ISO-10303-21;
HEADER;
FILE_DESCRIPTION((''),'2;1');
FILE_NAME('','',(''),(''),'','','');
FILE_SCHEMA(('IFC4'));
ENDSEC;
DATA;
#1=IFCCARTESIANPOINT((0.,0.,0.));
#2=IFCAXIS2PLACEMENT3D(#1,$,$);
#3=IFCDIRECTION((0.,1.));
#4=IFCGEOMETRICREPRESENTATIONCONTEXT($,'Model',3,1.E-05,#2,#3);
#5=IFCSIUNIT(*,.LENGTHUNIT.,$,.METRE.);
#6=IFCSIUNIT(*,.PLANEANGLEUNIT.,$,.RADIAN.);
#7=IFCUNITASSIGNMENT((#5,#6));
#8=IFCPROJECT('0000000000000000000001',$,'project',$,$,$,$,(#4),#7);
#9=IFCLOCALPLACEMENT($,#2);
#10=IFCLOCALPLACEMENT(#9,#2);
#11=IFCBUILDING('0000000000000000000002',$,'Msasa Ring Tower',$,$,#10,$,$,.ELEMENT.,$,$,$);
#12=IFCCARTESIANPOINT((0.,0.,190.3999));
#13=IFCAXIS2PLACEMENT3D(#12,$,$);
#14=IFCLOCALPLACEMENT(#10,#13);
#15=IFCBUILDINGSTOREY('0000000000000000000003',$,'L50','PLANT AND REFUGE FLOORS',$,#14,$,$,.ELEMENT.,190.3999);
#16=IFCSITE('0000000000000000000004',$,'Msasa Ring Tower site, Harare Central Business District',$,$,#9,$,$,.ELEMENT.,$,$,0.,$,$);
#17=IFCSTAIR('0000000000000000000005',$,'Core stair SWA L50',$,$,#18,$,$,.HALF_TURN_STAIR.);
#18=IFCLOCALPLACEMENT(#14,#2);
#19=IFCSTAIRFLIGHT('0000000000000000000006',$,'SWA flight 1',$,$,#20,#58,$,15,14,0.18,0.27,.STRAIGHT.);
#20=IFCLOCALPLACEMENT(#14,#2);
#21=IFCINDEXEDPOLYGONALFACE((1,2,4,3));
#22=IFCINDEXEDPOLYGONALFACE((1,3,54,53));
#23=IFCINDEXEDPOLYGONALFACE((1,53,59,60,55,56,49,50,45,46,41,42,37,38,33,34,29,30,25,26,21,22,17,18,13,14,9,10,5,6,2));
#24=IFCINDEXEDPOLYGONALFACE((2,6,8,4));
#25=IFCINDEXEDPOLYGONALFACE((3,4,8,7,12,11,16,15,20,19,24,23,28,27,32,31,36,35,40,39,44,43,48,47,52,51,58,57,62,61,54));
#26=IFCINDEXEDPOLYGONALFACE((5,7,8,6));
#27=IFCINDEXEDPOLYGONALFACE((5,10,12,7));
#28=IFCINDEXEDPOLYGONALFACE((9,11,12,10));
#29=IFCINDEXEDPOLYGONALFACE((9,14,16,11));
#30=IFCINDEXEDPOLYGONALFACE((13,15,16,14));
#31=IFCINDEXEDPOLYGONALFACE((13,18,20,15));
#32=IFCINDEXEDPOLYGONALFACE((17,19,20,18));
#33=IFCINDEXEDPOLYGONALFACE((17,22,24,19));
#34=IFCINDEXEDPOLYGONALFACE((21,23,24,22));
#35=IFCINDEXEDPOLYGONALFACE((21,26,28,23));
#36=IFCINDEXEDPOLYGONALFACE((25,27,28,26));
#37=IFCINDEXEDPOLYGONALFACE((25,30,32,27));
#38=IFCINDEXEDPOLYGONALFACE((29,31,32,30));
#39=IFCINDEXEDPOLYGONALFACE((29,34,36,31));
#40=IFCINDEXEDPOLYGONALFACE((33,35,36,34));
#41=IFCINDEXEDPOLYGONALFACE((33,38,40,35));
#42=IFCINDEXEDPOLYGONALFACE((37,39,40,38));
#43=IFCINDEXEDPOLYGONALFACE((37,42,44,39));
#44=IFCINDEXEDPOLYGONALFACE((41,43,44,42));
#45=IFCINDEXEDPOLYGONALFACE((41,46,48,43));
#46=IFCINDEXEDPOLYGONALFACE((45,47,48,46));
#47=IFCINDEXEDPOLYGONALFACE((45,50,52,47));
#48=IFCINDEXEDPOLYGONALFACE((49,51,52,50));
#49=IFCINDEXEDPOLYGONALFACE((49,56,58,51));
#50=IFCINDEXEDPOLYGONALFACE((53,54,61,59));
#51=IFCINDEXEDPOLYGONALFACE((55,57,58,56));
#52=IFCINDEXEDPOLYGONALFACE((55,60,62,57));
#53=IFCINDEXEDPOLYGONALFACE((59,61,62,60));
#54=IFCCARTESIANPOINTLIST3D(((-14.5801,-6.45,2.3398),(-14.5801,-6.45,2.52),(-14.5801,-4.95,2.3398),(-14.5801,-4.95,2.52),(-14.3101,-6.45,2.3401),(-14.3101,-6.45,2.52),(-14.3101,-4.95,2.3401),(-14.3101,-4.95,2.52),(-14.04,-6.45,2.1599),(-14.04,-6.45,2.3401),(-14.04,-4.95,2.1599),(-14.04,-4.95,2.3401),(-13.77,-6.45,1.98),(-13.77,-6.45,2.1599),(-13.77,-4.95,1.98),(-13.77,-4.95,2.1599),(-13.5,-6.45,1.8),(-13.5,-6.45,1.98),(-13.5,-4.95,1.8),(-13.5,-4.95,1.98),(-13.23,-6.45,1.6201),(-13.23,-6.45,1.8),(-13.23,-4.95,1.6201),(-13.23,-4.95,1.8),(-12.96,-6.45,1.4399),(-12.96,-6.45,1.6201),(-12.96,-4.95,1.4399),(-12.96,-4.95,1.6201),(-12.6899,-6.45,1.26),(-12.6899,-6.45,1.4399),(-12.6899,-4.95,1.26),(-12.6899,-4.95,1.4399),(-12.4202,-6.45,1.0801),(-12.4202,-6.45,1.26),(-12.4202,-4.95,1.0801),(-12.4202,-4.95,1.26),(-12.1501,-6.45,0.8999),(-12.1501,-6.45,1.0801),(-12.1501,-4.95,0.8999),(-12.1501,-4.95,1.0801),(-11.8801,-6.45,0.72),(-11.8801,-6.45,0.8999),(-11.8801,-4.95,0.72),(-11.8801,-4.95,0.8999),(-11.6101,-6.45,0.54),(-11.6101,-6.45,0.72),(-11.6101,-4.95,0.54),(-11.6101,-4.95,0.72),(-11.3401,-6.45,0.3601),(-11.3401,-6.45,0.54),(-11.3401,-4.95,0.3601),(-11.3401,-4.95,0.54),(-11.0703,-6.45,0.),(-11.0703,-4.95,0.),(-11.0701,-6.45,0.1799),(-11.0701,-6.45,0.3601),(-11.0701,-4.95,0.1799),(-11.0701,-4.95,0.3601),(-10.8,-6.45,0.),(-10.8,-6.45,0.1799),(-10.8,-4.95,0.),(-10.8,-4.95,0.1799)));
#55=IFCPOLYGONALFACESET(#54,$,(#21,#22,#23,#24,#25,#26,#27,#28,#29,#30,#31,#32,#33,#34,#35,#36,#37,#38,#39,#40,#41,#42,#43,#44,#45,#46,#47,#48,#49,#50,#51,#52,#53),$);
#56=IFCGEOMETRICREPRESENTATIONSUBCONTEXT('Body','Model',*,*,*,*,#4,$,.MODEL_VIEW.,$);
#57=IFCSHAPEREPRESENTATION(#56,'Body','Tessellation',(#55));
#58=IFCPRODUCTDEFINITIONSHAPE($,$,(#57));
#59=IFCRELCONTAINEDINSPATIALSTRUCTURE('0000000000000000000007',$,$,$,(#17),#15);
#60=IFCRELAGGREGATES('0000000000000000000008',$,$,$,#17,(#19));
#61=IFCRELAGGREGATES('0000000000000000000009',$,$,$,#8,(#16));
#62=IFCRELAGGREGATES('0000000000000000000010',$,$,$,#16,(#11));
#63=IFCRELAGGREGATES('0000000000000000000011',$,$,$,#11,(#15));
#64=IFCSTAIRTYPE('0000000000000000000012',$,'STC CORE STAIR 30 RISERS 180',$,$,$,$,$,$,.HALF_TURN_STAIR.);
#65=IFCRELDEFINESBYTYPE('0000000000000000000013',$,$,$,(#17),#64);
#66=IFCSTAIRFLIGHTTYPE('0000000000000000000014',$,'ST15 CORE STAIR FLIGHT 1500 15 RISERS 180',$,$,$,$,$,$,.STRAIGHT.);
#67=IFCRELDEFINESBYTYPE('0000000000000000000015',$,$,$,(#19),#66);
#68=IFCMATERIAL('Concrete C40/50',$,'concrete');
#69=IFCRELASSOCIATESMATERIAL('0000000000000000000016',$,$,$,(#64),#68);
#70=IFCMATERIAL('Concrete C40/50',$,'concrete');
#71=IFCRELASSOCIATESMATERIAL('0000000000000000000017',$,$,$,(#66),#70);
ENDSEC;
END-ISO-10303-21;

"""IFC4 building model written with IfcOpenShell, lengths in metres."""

from ifc_helpers import new_model, si_unit, direction, frame, origin, place, context, subcontext, project, spatial, polyline, outline, extrude, material, type_object, element, aggregate, save


model = new_model("IFC4")

# Units and contexts
model_context = context("Model", 3, precision=1e-05, world=origin(), true_north=direction((0.0, 1.0)))
body_context = subcontext(model_context, "Body", "Model", "MODEL_VIEW")
ifc_project = project(units=[si_unit("LENGTHUNIT", "METRE"), si_unit("PLANEANGLEUNIT", "RADIAN")], contexts=[model_context])

# Site, building, storey
site_placement = place(None, origin())
site = spatial("IfcSite", under=ifc_project, at=site_placement, Name="Msasa Ring Tower site, Harare Central Business District", CompositionType="ELEMENT", RefElevation=0.0)
building_placement = place(site_placement, origin())
building = spatial("IfcBuilding", under=site, at=building_placement, Name="Msasa Ring Tower", CompositionType="ELEMENT")
storey_placement = place(building_placement, frame((0.0, 0.0, 190.3999)))
storey = spatial("IfcBuildingStorey", under=building, at=storey_placement, Name="L50", Description="PLANT AND REFUGE FLOORS", CompositionType="ELEMENT", Elevation=190.3999)

# Stair, stair flight
ifc_material_1 = material(Name="Concrete C40/50", Category="concrete")
stair_type = type_object("IfcStairType", Name="STC CORE STAIR 30 RISERS 180", PredefinedType="HALF_TURN_STAIR", material=ifc_material_1)
stair_placement = place(storey_placement, origin())
stair = element("IfcStair", 1, at=stair_placement, inside=storey, type_object=stair_type, Name="Core stair SWA L50", PredefinedType="HALF_TURN_STAIR")
ifc_material_2 = material(Name="Concrete C40/50", Category="concrete")
stair_flight_type = type_object("IfcStairFlightType", Name="ST15 CORE STAIR FLIGHT 1500 15 RISERS 180", PredefinedType="STRAIGHT", material=ifc_material_2)
stair_flight_placement = place(storey_placement, frame((-10.8, -5.7, 0.0), z_axis=(0.0, 0.0, 1.0), x_axis=(-1.0, 0.0, 0.0)))
stair_flight = element("IfcStairFlight", 2, at=stair_flight_placement, type_object=stair_flight_type, Name="SWA flight 1", NumberOfRisers=15, NumberOfTreads=14, PredefinedType="STRAIGHT", RiserHeight=0.18, TreadLength=0.27, context=body_context, shape_type="SweptSolid", body=[
    extrude(outline(polyline([(0.0, 0.0), (0.0, 0.1799), (0.27, 0.1799), (0.27, 0.3601), (0.54, 0.3601), (0.54, 0.54), (0.8101, 0.54), (0.8101, 0.72), (1.0801, 0.72), (1.0801, 0.8999), (1.3501, 0.8999), (1.3501, 1.0801), (1.6201, 1.0801), (1.6201, 1.26), (1.8899, 1.26), (1.8899, 1.4399), (2.1599, 1.4399), (2.1599, 1.6201), (2.4299, 1.6201), (2.4299, 1.8), (2.7, 1.8), (2.7, 1.98), (2.97, 1.98), (2.97, 2.1599), (3.24, 2.1599), (3.24, 2.3401), (3.51, 2.3401), (3.51, 2.52), (3.78, 2.52), (3.78, 2.7), (3.78, 2.3398), (0.2703, 0.0), (0.0, 0.0)])), frame((0.0, 0.75, 0.0), z_axis=(0.0, -1.0, 0.0), x_axis=(1.0, 0.0, 0.0)), (0.0, 0.0, 1.0), 1.5),
])
aggregate(stair, [stair_flight])

save(model, "model.ifc")
